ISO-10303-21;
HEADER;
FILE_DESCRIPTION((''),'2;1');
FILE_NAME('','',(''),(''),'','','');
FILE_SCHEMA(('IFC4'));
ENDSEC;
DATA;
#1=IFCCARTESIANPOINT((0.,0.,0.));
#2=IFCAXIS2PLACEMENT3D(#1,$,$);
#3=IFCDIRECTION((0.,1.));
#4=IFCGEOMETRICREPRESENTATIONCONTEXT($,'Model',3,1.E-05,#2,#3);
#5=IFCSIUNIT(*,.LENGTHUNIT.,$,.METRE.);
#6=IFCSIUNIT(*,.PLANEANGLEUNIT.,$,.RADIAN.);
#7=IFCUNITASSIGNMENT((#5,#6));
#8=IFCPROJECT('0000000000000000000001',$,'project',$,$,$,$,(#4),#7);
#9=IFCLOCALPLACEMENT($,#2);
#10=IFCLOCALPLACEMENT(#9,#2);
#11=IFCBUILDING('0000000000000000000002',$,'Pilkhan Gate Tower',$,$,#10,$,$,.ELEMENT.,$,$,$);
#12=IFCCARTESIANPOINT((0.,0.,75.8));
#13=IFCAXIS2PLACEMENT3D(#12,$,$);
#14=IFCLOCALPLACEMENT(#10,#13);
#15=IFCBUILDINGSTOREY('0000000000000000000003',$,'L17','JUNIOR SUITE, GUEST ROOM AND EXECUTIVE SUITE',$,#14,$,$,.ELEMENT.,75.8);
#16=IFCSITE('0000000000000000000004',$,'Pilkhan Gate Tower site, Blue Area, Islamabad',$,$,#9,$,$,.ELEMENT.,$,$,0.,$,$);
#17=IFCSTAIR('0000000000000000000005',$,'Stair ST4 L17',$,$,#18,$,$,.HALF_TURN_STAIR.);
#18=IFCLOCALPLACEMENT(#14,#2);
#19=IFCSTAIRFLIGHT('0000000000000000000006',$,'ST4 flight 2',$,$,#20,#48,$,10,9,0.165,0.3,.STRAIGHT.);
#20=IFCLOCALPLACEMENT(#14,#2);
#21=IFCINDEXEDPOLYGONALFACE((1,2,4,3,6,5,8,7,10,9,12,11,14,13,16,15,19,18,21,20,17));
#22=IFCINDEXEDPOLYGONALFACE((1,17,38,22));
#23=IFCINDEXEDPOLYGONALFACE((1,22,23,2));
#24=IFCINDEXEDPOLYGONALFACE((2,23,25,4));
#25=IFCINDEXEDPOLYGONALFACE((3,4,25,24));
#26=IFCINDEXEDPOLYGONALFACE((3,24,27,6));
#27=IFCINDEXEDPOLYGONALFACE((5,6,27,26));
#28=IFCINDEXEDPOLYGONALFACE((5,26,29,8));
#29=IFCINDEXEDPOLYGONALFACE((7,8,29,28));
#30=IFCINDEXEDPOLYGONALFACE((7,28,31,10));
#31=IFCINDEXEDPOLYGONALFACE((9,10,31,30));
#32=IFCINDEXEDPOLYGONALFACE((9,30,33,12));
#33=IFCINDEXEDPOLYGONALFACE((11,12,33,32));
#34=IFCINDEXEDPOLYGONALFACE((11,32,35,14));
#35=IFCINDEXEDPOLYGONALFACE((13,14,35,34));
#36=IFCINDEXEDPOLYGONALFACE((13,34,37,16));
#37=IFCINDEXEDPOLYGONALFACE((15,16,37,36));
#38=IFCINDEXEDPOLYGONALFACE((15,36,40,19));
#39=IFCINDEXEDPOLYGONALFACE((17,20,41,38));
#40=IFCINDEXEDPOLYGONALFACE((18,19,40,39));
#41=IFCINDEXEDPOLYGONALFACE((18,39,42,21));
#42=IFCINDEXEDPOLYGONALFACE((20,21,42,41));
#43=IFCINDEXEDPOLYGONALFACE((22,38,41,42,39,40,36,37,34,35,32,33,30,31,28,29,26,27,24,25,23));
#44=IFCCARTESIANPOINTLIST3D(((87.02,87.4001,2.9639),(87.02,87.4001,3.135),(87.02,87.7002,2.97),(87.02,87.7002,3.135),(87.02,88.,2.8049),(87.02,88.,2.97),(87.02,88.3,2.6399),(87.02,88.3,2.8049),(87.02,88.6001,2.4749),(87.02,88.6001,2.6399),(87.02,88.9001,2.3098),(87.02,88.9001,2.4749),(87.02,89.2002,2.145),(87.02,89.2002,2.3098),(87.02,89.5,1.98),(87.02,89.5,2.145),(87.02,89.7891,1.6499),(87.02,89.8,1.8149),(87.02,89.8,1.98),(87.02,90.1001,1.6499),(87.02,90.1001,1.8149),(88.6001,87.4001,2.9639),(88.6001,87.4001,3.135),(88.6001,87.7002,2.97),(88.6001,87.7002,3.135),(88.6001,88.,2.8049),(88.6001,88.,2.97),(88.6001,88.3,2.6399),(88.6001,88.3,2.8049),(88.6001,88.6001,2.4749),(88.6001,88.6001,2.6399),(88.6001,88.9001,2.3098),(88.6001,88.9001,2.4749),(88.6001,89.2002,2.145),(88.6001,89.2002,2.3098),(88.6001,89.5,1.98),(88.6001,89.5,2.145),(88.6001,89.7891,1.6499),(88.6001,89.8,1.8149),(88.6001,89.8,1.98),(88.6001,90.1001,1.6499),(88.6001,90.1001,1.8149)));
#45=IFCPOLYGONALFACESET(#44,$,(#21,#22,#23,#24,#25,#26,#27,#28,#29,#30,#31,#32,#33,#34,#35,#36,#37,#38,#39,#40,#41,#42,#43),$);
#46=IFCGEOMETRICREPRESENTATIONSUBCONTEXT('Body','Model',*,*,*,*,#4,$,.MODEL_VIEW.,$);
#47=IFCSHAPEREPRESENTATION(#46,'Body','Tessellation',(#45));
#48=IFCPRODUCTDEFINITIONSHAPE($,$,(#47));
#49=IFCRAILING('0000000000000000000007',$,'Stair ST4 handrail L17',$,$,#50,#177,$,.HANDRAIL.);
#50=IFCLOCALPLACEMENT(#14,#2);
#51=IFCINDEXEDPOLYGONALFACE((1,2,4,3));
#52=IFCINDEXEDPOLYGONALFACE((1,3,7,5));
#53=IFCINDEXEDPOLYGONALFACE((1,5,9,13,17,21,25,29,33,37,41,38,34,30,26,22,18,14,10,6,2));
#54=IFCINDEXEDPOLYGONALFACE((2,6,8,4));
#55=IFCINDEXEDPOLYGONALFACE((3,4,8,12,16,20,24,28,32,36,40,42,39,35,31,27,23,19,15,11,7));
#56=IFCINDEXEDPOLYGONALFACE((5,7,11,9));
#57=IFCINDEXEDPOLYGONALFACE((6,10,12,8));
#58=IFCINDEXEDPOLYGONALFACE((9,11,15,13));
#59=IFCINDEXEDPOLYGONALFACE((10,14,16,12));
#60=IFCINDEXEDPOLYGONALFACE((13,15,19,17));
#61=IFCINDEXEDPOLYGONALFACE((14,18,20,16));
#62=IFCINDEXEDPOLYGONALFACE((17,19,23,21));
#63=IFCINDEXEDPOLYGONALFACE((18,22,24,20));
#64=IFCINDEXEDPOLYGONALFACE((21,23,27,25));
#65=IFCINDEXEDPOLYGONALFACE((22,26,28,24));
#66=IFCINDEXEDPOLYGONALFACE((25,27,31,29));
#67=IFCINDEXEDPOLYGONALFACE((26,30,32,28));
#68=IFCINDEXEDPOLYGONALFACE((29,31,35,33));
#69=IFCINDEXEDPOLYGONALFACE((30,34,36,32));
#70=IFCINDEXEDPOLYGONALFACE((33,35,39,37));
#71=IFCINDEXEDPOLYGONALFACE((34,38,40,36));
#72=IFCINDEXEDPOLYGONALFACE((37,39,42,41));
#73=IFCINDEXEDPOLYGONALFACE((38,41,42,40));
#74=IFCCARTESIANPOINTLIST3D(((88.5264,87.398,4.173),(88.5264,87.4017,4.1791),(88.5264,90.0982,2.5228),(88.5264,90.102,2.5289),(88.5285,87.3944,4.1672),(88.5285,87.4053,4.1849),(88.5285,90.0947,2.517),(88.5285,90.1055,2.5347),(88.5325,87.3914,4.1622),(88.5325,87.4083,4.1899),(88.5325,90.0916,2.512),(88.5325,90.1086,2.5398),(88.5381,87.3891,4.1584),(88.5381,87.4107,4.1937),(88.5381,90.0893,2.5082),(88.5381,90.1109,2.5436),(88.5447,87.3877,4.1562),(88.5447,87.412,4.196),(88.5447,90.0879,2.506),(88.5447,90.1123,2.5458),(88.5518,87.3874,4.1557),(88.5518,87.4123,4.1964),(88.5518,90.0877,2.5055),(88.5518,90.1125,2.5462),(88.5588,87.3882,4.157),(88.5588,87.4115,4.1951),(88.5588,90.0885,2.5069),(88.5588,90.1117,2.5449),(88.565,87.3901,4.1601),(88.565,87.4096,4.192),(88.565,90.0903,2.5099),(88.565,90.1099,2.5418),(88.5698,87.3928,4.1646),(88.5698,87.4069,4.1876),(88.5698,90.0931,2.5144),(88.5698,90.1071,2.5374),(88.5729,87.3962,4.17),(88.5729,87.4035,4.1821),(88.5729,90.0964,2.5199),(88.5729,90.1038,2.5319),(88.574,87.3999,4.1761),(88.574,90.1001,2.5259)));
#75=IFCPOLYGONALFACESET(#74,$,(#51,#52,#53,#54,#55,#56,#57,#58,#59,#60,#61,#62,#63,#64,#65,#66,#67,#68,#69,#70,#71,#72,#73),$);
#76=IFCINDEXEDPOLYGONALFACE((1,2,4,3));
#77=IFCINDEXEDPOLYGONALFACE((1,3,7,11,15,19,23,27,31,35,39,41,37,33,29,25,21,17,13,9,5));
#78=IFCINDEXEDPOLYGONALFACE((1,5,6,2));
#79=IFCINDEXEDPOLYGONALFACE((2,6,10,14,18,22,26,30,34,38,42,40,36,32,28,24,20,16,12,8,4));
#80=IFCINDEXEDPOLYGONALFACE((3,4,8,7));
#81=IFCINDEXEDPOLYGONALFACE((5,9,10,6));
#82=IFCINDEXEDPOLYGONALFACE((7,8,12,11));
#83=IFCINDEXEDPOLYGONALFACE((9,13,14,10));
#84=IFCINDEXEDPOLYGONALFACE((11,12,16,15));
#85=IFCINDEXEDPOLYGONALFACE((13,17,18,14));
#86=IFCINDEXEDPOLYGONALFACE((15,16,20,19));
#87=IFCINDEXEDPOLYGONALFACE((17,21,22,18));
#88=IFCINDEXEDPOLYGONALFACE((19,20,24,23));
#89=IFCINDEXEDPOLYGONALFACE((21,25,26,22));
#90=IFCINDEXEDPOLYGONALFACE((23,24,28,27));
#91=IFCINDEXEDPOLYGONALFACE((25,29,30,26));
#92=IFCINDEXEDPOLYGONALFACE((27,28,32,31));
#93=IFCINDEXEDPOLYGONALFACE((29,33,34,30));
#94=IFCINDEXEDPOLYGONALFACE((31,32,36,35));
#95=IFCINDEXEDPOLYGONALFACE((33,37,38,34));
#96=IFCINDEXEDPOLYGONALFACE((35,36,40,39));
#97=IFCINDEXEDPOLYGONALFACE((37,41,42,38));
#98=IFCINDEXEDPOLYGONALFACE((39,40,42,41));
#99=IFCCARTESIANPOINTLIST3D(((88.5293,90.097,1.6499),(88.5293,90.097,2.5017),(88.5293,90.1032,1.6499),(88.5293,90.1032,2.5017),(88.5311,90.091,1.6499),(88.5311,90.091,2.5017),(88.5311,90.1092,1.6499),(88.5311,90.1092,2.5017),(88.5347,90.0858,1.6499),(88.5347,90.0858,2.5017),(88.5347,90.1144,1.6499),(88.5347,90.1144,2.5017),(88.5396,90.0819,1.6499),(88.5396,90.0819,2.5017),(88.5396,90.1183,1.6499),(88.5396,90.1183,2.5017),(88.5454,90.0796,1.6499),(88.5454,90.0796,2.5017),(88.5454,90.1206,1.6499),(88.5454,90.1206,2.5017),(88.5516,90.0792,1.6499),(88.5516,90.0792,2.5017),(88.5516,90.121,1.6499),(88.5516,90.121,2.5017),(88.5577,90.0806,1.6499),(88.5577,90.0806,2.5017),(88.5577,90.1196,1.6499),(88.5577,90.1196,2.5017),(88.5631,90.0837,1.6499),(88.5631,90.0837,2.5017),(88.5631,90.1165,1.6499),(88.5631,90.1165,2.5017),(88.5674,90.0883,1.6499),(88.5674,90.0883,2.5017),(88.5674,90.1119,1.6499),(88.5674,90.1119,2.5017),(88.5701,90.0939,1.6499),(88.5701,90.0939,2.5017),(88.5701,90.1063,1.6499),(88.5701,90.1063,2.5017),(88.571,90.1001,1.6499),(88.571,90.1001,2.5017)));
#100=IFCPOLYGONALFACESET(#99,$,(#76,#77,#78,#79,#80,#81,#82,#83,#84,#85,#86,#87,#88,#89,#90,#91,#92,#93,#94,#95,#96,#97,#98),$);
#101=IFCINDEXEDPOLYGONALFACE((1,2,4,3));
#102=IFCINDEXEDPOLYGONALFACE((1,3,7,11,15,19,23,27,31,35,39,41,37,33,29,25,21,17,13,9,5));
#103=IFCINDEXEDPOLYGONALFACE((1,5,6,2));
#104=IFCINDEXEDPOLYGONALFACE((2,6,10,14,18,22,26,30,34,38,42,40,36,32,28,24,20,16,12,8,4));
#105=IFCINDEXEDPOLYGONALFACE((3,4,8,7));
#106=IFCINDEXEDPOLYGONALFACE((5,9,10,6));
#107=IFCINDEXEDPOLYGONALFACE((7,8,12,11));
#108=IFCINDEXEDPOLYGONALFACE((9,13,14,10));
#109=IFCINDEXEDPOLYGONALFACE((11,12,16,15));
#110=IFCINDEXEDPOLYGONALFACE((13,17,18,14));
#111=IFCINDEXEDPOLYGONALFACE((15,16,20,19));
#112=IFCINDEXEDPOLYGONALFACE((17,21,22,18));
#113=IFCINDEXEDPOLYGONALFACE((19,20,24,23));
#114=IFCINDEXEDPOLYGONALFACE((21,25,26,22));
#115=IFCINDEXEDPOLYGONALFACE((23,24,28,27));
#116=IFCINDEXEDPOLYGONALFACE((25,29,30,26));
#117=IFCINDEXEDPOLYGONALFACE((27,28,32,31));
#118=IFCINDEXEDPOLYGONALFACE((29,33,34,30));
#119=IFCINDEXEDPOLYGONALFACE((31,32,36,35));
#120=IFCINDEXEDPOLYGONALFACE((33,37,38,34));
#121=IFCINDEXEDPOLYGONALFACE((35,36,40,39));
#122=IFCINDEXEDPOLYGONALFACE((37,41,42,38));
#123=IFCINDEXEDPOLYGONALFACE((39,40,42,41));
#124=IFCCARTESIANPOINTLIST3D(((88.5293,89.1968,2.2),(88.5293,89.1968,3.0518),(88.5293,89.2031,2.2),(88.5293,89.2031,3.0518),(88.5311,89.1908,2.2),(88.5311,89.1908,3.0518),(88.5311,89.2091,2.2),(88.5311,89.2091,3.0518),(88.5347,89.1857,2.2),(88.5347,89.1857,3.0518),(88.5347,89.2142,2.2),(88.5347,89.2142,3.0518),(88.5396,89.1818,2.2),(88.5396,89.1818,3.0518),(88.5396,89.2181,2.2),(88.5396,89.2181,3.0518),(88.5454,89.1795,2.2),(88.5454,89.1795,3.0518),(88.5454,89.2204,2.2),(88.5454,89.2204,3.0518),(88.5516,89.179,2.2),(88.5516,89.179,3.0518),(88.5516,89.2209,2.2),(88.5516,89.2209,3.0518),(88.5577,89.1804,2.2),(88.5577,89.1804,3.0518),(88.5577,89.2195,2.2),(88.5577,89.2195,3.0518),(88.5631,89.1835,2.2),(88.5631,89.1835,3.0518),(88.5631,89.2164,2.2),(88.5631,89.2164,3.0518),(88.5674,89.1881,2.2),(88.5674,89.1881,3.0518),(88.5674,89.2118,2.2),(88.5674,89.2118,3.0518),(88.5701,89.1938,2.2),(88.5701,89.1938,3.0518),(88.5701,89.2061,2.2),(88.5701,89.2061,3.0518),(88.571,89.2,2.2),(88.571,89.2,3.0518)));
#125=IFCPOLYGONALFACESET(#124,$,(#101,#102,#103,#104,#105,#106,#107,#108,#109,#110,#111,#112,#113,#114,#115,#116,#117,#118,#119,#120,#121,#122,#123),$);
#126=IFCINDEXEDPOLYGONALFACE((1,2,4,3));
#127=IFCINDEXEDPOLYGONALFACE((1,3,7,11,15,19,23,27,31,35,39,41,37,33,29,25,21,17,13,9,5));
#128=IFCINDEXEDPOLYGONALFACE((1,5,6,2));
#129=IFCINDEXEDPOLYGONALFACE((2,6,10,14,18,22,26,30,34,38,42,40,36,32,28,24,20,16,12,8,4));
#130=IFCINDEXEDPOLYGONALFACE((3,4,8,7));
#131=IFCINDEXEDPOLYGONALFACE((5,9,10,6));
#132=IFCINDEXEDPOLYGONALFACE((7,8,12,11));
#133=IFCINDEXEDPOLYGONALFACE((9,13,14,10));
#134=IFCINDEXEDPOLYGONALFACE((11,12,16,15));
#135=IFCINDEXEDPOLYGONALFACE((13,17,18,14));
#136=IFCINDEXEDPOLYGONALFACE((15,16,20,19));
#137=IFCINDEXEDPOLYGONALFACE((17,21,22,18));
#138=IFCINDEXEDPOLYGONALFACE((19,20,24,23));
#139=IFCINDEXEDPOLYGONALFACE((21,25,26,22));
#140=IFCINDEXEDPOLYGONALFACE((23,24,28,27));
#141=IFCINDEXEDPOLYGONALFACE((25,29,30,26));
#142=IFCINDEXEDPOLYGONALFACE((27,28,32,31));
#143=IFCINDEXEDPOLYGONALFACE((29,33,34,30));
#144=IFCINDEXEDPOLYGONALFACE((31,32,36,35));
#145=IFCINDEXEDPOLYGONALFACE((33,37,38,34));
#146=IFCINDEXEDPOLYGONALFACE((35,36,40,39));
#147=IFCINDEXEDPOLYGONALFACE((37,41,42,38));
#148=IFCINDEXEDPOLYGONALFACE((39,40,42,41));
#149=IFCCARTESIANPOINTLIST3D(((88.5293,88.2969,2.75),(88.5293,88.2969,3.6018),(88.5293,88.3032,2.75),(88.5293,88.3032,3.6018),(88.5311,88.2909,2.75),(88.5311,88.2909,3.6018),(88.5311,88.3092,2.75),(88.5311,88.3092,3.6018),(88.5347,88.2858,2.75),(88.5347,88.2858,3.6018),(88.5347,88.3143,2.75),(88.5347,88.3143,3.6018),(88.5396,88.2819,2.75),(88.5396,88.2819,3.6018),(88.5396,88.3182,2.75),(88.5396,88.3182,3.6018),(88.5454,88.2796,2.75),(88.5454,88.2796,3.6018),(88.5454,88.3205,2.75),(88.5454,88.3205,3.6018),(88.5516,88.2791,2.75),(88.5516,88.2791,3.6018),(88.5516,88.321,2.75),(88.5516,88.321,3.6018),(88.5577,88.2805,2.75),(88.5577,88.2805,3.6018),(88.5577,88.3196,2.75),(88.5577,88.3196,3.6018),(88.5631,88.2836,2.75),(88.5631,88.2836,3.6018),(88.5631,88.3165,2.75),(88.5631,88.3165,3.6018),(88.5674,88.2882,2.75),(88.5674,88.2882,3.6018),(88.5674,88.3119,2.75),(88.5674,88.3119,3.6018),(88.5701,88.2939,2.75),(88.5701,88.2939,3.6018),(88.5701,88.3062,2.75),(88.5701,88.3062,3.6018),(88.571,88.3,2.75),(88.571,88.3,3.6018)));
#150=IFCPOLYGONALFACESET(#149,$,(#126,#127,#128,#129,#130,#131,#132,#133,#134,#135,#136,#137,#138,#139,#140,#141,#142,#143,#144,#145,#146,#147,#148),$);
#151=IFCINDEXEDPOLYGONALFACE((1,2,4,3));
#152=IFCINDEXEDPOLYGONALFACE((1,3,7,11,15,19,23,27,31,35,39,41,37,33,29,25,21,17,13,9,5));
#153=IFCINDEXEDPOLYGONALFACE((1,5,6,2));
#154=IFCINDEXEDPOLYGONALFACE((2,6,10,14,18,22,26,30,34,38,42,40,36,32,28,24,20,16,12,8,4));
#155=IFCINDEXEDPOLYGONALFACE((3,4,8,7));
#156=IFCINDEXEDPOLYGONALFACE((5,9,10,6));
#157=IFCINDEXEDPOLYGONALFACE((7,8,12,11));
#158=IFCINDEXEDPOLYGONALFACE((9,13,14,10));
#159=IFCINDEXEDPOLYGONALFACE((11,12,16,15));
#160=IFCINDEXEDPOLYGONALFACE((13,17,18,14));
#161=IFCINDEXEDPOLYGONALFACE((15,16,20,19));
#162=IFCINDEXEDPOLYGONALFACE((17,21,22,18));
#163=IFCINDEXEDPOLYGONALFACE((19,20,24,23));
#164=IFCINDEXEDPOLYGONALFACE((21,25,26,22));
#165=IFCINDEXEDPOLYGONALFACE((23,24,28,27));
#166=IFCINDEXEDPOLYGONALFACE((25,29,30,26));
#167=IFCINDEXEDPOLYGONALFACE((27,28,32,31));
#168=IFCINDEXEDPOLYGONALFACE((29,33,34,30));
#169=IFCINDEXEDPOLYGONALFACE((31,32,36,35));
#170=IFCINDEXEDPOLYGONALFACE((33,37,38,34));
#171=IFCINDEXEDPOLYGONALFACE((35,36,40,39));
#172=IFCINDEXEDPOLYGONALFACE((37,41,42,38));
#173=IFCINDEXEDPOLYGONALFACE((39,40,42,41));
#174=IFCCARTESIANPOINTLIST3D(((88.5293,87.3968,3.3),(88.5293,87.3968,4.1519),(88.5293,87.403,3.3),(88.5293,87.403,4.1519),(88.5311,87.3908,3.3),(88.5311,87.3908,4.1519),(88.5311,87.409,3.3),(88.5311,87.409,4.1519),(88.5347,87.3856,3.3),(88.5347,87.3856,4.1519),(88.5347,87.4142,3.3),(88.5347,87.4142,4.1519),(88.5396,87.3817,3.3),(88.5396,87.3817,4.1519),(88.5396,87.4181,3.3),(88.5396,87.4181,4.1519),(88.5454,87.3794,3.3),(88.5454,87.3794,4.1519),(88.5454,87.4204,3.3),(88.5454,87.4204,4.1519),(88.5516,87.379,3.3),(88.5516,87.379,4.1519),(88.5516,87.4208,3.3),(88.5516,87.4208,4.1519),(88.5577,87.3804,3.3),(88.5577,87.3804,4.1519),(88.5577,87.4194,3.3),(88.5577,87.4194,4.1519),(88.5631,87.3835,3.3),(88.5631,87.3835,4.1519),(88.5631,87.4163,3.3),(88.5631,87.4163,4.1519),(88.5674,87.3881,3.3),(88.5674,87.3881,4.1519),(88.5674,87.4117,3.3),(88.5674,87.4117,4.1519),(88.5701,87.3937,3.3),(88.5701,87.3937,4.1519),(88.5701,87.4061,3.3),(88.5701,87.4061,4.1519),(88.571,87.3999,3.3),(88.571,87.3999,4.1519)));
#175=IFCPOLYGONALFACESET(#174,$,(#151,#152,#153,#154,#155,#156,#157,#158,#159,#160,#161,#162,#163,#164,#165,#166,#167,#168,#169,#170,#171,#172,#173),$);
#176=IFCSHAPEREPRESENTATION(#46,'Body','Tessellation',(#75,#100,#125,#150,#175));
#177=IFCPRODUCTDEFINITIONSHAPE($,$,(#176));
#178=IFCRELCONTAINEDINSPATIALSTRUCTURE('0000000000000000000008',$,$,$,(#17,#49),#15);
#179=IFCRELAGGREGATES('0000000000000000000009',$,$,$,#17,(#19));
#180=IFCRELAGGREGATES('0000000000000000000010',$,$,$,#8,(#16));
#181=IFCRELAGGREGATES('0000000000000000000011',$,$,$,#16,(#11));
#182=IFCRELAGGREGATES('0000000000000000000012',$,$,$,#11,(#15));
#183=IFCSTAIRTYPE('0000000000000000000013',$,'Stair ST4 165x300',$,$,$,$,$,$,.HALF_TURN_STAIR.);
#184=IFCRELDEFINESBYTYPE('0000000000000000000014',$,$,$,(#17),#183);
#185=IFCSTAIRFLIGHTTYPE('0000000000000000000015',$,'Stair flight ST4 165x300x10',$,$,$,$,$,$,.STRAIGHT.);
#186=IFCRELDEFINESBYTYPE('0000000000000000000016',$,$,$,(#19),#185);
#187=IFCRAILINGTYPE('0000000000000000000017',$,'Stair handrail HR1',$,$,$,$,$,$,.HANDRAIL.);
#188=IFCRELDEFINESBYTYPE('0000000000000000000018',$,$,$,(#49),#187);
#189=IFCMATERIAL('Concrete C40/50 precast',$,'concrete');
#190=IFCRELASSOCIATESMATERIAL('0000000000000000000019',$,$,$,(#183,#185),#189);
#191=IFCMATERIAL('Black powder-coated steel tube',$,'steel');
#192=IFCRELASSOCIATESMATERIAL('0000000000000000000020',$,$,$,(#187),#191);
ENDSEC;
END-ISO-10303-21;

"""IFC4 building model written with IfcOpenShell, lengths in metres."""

from ifc_helpers import new_model, si_unit, direction, frame, origin, origin_2d, place, context, subcontext, project, spatial, polyline, circle, outline, extrude, material, type_object, element, aggregate, save


model = new_model("IFC4")

# Units and contexts
model_context = context("Model", 3, precision=1e-05, world=origin(), true_north=direction((0.0, 1.0)))
body_context = subcontext(model_context, "Body", "Model", "MODEL_VIEW")
ifc_project = project(units=[si_unit("LENGTHUNIT", "METRE"), si_unit("PLANEANGLEUNIT", "RADIAN")], contexts=[model_context])

# Site, building, storey
site_placement = place(None, origin())
site = spatial("IfcSite", under=ifc_project, at=site_placement, Name="Pilkhan Gate Tower site, Blue Area, Islamabad", CompositionType="ELEMENT", RefElevation=0.0)
building_placement = place(site_placement, origin())
building = spatial("IfcBuilding", under=site, at=building_placement, Name="Pilkhan Gate Tower", CompositionType="ELEMENT")
storey_placement = place(building_placement, frame((0.0, 0.0, 75.8)))
storey = spatial("IfcBuildingStorey", under=building, at=storey_placement, Name="L17", Description="JUNIOR SUITE, GUEST ROOM AND EXECUTIVE SUITE", CompositionType="ELEMENT", Elevation=75.8)

# Stair, stair flight
ifc_material_1 = material(Name="Concrete C40/50 precast", Category="concrete")
stair_type = type_object("IfcStairType", Name="Stair ST4 165x300", PredefinedType="HALF_TURN_STAIR", material=ifc_material_1)
stair_placement = place(storey_placement, origin())
stair = element("IfcStair", 1, at=stair_placement, inside=storey, type_object=stair_type, Name="Stair ST4 L17", PredefinedType="HALF_TURN_STAIR")
stair_flight_type = type_object("IfcStairFlightType", Name="Stair flight ST4 165x300x10", PredefinedType="STRAIGHT", material=ifc_material_1)
stair_flight_1_placement = place(storey_placement, frame((87.8101, 90.1001, 1.6499), z_axis=(0.0, 0.0, 1.0), x_axis=(0.0, -1.0, 0.0)))
stair_flight_1 = element("IfcStairFlight", 2, at=stair_flight_1_placement, type_object=stair_flight_type, Name="ST4 flight 2", NumberOfRisers=10, NumberOfTreads=9, PredefinedType="STRAIGHT", RiserHeight=0.165, TreadLength=0.3, context=body_context, shape_type="SweptSolid", body=[
    extrude(outline(polyline([(0.0, 0.0), (0.0, 0.165), (0.3, 0.165), (0.3, 0.3301), (0.6001, 0.3301), (0.6001, 0.4951), (0.8999, 0.4951), (0.8999, 0.6599), (1.2, 0.6599), (1.2, 0.825), (1.5, 0.825), (1.5, 0.99), (1.8, 0.99), (1.8, 1.155), (2.1001, 1.155), (2.1001, 1.3201), (2.3999, 1.3201), (2.3999, 1.4851), (2.7, 1.4851), (2.7, 1.6499), (2.7, 1.314), (0.311, 0.0), (0.0, 0.0)])), frame((0.0, 0.79, 0.0), z_axis=(0.0, -1.0, 0.0), x_axis=(1.0, 0.0, 0.0)), (0.0, 0.0, 1.0), 1.5801),
])
aggregate(stair, [stair_flight_1])

# Railing
ifc_material_2 = material(Name="Black powder-coated steel tube", Category="steel")
railing_type_1 = type_object("IfcRailingType", Name="Stair handrail HR1", PredefinedType="HANDRAIL", material=ifc_material_2)
railing_1_placement = place(storey_placement, frame((88.55, 90.1001, 1.6499)))
element("IfcRailing", 3, at=railing_1_placement, inside=storey, type_object=railing_type_1, Name="Stair ST4 handrail L17", PredefinedType="HANDRAIL", context=body_context, shape_type="SweptSolid", body=[
    extrude(circle(Radius=0.0239, at=origin_2d()), frame((0.0, 0.0, 0.876), z_axis=(0.0, -0.853278, 0.521456), x_axis=(1.0, 0.0, 0.0)), (0.0, 0.0, 1.0), 3.1646),
    extrude(circle(Radius=0.021, at=origin_2d()), origin(), (0.0, 0.0, 1.0), 0.8518),
    extrude(circle(Radius=0.021, at=origin_2d()), frame((0.0, -0.9001, 0.55)), (0.0, 0.0, 1.0), 0.8518),
    extrude(circle(Radius=0.021, at=origin_2d()), frame((0.0, -1.8, 1.1001)), (0.0, 0.0, 1.0), 0.8518),
    extrude(circle(Radius=0.021, at=origin_2d()), frame((0.0, -2.7002, 1.6501)), (0.0, 0.0, 1.0), 0.8518),
])

save(model, "model.ifc")
